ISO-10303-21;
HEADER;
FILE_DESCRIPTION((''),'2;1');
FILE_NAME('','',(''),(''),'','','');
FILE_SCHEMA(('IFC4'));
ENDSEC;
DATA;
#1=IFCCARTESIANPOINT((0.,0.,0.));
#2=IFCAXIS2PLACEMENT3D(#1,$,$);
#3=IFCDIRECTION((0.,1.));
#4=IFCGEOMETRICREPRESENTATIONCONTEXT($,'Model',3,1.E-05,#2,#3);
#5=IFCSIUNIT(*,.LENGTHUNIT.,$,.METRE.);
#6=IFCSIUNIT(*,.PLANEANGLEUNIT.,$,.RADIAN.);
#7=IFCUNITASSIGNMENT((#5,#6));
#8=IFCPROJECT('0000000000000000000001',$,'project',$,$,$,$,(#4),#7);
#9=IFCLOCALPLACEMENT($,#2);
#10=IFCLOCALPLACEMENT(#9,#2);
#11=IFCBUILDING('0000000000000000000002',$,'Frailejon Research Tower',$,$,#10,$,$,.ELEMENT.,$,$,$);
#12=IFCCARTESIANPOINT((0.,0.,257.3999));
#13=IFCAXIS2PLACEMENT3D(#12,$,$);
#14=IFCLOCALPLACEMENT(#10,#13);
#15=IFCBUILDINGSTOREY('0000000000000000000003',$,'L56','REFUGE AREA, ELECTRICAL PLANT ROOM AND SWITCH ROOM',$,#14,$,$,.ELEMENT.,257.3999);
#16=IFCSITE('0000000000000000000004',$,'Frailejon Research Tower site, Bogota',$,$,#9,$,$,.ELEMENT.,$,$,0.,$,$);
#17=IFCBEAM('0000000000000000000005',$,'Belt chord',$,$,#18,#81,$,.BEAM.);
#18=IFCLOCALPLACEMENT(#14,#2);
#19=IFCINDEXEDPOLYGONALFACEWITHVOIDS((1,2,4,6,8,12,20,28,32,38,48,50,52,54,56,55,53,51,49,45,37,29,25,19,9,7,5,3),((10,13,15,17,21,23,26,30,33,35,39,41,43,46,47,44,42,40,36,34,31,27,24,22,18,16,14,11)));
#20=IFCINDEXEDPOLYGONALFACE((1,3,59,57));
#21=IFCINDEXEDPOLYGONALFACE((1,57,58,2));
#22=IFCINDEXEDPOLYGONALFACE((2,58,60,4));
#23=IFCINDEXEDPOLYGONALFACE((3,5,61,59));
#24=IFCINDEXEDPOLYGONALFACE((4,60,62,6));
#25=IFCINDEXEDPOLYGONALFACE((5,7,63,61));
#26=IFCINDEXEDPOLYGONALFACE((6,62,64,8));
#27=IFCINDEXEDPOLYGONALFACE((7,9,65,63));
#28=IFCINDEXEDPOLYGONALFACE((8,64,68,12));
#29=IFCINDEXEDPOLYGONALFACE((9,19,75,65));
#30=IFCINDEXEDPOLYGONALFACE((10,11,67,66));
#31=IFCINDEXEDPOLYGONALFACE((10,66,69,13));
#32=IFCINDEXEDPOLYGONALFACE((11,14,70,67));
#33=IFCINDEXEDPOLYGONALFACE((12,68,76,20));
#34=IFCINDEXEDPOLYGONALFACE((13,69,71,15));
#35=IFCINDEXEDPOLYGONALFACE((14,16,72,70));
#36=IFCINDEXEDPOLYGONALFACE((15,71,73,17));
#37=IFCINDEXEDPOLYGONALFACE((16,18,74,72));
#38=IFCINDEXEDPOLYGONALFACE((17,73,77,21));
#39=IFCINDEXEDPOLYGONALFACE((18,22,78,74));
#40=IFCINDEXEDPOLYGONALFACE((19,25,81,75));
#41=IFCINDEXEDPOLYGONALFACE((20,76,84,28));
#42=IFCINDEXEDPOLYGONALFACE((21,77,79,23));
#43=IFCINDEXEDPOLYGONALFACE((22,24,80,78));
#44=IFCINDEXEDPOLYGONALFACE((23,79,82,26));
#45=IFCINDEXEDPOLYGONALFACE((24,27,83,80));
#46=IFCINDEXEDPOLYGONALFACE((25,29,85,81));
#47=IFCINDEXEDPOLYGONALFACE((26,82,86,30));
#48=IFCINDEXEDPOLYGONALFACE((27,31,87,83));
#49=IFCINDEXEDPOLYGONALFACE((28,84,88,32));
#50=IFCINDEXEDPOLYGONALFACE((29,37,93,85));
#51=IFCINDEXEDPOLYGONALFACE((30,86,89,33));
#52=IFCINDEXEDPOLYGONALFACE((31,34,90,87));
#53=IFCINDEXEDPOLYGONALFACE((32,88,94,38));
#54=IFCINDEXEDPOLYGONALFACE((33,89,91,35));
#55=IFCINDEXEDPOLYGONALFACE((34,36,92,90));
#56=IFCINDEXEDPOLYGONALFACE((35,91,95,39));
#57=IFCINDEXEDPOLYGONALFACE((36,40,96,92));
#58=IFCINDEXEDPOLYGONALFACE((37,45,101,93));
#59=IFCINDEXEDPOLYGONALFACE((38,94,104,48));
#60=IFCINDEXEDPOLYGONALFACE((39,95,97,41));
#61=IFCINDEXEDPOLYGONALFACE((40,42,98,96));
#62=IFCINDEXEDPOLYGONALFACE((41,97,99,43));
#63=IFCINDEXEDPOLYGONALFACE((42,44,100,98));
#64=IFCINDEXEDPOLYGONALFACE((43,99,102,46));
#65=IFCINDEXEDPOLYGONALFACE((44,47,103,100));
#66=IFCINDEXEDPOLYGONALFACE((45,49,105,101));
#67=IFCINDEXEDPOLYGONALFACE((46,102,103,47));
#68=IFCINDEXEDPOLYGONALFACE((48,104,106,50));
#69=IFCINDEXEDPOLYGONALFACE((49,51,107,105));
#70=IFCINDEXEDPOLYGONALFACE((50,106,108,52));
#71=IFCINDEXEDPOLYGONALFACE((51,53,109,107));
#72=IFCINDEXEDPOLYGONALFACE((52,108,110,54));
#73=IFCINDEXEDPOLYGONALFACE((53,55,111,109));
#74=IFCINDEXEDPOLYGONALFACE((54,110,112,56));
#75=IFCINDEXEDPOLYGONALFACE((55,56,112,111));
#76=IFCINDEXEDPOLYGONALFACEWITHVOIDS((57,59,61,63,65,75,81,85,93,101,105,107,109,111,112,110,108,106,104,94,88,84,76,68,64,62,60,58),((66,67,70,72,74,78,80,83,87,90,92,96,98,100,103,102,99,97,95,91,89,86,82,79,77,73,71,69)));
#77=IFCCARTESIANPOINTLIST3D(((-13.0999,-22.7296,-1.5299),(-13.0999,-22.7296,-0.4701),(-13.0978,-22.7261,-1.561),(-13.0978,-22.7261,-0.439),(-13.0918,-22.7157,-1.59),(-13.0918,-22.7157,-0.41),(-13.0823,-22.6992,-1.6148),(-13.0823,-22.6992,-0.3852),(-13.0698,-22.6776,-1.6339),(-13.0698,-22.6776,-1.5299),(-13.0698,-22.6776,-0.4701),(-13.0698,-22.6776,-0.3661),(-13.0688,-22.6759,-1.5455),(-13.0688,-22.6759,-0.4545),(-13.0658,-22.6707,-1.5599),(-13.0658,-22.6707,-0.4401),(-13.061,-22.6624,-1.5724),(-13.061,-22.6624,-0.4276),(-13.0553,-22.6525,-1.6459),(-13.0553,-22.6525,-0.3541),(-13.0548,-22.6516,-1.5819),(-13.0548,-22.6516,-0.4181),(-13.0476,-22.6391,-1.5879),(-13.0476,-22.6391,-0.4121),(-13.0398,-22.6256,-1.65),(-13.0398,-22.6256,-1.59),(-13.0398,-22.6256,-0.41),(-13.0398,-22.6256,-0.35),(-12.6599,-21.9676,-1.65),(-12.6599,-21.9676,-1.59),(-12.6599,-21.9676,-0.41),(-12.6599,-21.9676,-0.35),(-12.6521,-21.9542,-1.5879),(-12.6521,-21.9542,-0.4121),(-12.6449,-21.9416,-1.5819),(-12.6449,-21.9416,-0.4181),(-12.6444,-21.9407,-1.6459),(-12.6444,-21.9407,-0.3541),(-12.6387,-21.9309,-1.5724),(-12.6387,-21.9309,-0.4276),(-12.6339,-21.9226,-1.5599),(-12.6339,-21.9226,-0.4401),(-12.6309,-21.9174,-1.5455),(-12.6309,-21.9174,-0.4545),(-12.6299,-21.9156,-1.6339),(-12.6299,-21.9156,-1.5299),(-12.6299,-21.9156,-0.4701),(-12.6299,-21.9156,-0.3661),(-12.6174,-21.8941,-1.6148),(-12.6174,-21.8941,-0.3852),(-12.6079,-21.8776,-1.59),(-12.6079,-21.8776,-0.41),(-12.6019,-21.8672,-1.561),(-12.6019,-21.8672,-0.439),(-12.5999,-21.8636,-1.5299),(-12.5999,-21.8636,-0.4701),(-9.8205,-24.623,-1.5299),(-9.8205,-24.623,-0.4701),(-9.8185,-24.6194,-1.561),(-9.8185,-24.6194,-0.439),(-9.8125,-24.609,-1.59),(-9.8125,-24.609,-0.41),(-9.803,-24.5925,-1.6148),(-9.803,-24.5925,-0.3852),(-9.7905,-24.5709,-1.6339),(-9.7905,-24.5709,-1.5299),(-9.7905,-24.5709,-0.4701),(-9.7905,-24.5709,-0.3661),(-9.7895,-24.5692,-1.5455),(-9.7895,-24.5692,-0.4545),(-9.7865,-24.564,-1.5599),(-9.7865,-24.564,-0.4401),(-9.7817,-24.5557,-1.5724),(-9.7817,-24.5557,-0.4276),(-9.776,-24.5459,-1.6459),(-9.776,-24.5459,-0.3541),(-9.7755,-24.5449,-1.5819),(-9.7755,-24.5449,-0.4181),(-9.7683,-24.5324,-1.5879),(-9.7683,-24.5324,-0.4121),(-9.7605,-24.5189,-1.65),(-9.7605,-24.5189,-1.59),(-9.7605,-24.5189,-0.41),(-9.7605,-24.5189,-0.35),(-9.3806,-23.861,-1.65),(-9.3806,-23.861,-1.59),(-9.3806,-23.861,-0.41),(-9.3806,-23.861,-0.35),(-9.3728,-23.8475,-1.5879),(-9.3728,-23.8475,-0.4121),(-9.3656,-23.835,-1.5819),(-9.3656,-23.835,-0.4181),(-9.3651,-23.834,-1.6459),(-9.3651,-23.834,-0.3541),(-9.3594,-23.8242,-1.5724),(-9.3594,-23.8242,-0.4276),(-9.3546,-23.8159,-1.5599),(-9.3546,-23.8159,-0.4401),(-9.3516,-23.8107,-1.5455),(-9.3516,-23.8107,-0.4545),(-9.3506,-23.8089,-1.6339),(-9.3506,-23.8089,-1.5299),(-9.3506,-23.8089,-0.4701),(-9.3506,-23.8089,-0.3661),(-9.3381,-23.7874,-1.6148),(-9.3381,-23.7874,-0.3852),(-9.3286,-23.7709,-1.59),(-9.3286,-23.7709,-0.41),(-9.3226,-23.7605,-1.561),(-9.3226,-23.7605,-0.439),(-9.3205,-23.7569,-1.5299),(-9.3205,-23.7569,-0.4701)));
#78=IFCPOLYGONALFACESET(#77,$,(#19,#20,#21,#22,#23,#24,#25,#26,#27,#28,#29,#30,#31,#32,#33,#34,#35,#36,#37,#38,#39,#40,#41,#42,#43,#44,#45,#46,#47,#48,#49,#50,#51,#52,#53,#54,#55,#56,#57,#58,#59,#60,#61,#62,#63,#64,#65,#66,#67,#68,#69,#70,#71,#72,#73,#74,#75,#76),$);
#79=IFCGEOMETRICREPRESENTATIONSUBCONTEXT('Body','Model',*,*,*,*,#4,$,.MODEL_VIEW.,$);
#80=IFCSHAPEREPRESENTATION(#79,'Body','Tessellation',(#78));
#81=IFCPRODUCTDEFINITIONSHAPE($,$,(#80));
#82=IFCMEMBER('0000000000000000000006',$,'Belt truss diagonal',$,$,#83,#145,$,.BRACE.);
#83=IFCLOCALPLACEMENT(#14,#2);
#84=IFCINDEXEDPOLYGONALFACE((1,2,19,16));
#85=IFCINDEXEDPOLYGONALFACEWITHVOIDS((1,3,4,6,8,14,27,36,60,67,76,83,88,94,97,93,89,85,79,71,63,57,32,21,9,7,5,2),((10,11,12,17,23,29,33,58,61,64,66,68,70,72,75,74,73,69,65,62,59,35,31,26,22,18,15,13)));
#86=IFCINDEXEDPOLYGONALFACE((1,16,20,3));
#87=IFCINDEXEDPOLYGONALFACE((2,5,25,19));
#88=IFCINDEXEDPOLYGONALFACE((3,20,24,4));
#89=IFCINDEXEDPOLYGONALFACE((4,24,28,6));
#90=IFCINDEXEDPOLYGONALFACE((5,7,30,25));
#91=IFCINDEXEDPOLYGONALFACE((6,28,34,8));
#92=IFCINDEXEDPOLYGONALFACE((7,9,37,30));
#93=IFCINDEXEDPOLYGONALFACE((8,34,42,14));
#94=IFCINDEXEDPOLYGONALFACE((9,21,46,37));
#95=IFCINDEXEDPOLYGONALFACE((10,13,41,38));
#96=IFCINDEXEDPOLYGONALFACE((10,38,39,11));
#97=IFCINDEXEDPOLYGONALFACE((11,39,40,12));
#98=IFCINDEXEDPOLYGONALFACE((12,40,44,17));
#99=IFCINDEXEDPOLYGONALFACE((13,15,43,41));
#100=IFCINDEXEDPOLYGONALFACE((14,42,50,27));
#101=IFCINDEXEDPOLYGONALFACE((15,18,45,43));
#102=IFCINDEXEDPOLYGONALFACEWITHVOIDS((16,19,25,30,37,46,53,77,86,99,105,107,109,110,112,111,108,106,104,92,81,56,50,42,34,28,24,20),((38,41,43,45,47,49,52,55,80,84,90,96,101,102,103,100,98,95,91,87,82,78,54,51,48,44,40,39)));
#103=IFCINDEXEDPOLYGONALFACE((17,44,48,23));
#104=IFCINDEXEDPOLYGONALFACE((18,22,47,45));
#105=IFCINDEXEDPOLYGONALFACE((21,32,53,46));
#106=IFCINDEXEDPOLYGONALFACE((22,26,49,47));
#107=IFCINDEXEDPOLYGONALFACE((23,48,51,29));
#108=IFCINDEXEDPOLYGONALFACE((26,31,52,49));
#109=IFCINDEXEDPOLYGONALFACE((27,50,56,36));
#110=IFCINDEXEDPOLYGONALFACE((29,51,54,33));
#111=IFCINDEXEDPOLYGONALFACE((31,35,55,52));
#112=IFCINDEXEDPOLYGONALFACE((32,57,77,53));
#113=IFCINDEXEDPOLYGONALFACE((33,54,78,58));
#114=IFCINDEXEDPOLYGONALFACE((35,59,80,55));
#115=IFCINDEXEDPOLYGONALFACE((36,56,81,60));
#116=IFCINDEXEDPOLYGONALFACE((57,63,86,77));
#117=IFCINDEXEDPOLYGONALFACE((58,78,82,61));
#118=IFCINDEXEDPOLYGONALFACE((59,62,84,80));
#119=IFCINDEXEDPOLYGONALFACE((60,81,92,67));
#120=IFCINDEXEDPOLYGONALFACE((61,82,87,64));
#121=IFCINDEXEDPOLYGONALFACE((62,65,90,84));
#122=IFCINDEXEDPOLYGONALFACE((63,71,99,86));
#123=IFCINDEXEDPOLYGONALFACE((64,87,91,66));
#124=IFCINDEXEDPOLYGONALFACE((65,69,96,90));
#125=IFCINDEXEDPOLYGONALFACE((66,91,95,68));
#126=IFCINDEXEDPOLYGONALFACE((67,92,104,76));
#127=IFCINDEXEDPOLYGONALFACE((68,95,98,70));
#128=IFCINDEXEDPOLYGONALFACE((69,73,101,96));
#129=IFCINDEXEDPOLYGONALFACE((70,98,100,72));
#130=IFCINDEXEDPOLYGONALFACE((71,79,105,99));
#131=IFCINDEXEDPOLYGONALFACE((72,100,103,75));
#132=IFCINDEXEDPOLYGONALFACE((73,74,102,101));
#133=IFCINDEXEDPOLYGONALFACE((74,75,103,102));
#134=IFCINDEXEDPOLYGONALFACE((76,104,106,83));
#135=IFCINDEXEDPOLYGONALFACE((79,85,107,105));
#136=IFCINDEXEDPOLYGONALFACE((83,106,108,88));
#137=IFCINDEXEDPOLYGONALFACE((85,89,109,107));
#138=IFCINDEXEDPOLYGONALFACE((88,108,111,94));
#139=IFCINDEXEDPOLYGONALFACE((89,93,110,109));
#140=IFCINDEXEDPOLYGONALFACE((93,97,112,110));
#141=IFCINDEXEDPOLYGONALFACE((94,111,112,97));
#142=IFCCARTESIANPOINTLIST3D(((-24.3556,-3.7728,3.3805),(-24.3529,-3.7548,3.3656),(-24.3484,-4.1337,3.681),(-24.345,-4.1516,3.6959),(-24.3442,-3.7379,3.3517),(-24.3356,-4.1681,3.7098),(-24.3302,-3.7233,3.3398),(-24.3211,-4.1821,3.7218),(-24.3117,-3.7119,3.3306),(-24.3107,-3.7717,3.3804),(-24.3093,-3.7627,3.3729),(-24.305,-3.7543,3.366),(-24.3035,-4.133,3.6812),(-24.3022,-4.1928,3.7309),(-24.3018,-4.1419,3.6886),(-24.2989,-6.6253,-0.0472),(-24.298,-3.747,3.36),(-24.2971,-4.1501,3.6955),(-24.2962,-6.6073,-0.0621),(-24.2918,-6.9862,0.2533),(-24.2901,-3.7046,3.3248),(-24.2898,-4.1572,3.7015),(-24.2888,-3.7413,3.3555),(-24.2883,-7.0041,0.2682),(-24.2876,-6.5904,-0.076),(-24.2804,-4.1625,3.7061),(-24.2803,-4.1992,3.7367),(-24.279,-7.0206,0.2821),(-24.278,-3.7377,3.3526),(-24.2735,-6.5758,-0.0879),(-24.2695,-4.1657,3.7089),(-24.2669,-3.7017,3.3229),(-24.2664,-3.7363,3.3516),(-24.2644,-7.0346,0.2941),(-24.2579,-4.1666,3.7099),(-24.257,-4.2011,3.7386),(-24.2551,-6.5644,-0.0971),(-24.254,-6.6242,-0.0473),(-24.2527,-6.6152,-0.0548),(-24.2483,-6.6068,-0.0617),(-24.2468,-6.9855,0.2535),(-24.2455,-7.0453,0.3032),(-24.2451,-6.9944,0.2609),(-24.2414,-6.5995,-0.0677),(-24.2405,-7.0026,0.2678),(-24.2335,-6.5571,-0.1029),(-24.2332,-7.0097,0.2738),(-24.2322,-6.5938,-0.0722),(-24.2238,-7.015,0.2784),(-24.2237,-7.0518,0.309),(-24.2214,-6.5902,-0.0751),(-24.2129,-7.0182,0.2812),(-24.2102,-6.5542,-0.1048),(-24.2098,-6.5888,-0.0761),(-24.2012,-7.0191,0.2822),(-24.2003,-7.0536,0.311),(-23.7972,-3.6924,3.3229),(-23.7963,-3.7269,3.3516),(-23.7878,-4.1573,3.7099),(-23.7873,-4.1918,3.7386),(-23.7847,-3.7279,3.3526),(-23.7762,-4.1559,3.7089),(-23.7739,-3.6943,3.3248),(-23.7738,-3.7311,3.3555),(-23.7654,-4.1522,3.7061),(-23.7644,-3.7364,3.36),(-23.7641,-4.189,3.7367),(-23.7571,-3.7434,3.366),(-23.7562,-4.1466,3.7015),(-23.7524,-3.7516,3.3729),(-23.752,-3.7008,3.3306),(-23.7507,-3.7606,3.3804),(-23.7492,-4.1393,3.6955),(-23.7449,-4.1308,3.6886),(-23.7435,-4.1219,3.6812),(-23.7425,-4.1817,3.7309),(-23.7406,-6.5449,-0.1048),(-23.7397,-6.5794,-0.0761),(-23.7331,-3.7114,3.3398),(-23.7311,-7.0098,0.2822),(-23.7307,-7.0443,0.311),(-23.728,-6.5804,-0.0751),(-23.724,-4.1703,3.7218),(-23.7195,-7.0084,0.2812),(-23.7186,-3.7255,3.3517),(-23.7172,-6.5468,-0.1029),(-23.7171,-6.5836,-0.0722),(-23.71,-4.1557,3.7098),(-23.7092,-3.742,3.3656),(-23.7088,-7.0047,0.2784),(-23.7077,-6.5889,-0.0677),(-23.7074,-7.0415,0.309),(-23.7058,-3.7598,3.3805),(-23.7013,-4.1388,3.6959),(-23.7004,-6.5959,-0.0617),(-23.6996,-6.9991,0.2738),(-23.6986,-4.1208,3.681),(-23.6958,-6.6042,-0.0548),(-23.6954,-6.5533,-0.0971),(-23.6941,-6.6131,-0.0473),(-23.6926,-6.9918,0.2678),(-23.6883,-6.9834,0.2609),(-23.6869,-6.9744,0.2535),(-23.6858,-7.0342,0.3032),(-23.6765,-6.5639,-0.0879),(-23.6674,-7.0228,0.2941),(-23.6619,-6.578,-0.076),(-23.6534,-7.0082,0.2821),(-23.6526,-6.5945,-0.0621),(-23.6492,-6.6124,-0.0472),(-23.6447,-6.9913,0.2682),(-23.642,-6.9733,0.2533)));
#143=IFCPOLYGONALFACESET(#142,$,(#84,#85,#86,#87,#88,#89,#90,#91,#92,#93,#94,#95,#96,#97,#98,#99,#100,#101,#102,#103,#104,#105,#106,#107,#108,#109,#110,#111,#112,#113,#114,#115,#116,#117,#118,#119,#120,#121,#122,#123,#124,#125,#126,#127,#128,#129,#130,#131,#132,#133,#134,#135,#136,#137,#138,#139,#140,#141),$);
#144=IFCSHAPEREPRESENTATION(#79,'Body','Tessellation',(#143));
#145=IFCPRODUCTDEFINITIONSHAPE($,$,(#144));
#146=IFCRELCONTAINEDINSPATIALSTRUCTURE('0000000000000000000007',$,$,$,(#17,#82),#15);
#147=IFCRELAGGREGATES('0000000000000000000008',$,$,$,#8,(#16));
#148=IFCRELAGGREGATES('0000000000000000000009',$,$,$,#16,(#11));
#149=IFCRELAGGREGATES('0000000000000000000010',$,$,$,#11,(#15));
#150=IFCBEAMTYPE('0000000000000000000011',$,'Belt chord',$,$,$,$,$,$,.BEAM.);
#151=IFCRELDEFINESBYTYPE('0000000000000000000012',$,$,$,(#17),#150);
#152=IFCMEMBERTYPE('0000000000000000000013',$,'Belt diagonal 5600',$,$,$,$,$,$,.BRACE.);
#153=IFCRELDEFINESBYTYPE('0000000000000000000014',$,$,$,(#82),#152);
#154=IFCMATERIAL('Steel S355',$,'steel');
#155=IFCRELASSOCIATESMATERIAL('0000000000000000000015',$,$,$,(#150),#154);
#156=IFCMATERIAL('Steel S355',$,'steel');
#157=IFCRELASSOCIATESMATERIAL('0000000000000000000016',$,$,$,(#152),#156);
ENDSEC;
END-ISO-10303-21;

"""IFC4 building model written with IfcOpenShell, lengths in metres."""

from ifc_helpers import new_model, si_unit, direction, frame, origin, origin_2d, place, context, subcontext, project, spatial, hollow_rectangle, extrude, material, material_profile, profile_set, type_object, element, save


model = new_model("IFC4")

# Units and contexts
model_context = context("Model", 3, precision=1e-05, world=origin(), true_north=direction((0.0, 1.0)))
body_context = subcontext(model_context, "Body", "Model", "MODEL_VIEW")
ifc_project = project(units=[si_unit("LENGTHUNIT", "METRE"), si_unit("PLANEANGLEUNIT", "RADIAN")], contexts=[model_context])

# Site, building, storey
site_placement = place(None, origin())
site = spatial("IfcSite", under=ifc_project, at=site_placement, Name="Frailejon Research Tower site, Bogota", CompositionType="ELEMENT", RefElevation=0.0)
building_placement = place(site_placement, origin())
building = spatial("IfcBuilding", under=site, at=building_placement, Name="Frailejon Research Tower", CompositionType="ELEMENT")
storey_placement = place(building_placement, frame((0.0, 0.0, 257.3999)))
storey = spatial("IfcBuildingStorey", under=building, at=storey_placement, Name="L56", Description="REFUGE AREA, ELECTRICAL PLANT ROOM AND SWITCH ROOM", CompositionType="ELEMENT", Elevation=257.3999)

# Beam
ifc_material_1 = material(Name="Steel S355", Category="steel")
ifc_material_profile_1 = material_profile(ifc_material_1, hollow_rectangle(XDim=1.0, YDim=1.3, WallThickness=0.0601, InnerFilletRadius=0.0601, OuterFilletRadius=0.1201, at=origin_2d()), Name="Belt chord")
ifc_profile_set_1 = profile_set([ifc_material_profile_1], Name="Steel S355")
beam_type_1 = type_object("IfcBeamType", Name="Belt chord", PredefinedType="BEAM", material=ifc_profile_set_1)
for number, where, z_axis, x_axis, name in (
    (1, (-12.8499, -22.2966, -1.0), (0.866025, -0.500002, 0.0), (0.500002, 0.866025, 0.0), "Belt chord"),
):
    element("IfcBeam", number, at=place(storey_placement, frame(where, z_axis=z_axis, x_axis=x_axis)), inside=storey, type_object=beam_type_1, Name=name, PredefinedType="BEAM", context=body_context, shape_type="SweptSolid", body=[
        extrude(hollow_rectangle(XDim=1.0, YDim=1.3, WallThickness=0.0601, InnerFilletRadius=0.0601, OuterFilletRadius=0.1201, at=origin_2d()), origin(), (0.0, 0.0, 1.0), 3.7866),
    ])

# Member
ifc_material_2 = material(Name="Steel S355", Category="steel")
ifc_material_profile_2 = material_profile(ifc_material_2, hollow_rectangle(XDim=0.6499, YDim=0.6499, WallThickness=0.0449, InnerFilletRadius=0.0449, OuterFilletRadius=0.0901, at=origin_2d()), Name="Belt diagonal 5600")
ifc_profile_set_2 = profile_set([ifc_material_profile_2], Name="Steel S355")
member_type = type_object("IfcMemberType", Name="Belt diagonal 5600", PredefinedType="BRACE", material=ifc_profile_set_2)
member_1_placement = place(storey_placement, frame((-24.0271, -3.9468, 3.5308), z_axis=(0.0127, -0.639616, -0.76859), x_axis=(0.999803, 0.019852, 0.0)))
element("IfcMember", 2, at=member_1_placement, inside=storey, type_object=member_type, Name="Belt truss diagonal", PredefinedType="BRACE", context=body_context, shape_type="SweptSolid", body=[
    extrude(hollow_rectangle(XDim=0.6499, YDim=0.6499, WallThickness=0.0449, InnerFilletRadius=0.0449, OuterFilletRadius=0.0901, at=origin_2d()), origin(), (0.0, 0.0, 1.0), 4.4597),
])

save(model, "model.ifc")
